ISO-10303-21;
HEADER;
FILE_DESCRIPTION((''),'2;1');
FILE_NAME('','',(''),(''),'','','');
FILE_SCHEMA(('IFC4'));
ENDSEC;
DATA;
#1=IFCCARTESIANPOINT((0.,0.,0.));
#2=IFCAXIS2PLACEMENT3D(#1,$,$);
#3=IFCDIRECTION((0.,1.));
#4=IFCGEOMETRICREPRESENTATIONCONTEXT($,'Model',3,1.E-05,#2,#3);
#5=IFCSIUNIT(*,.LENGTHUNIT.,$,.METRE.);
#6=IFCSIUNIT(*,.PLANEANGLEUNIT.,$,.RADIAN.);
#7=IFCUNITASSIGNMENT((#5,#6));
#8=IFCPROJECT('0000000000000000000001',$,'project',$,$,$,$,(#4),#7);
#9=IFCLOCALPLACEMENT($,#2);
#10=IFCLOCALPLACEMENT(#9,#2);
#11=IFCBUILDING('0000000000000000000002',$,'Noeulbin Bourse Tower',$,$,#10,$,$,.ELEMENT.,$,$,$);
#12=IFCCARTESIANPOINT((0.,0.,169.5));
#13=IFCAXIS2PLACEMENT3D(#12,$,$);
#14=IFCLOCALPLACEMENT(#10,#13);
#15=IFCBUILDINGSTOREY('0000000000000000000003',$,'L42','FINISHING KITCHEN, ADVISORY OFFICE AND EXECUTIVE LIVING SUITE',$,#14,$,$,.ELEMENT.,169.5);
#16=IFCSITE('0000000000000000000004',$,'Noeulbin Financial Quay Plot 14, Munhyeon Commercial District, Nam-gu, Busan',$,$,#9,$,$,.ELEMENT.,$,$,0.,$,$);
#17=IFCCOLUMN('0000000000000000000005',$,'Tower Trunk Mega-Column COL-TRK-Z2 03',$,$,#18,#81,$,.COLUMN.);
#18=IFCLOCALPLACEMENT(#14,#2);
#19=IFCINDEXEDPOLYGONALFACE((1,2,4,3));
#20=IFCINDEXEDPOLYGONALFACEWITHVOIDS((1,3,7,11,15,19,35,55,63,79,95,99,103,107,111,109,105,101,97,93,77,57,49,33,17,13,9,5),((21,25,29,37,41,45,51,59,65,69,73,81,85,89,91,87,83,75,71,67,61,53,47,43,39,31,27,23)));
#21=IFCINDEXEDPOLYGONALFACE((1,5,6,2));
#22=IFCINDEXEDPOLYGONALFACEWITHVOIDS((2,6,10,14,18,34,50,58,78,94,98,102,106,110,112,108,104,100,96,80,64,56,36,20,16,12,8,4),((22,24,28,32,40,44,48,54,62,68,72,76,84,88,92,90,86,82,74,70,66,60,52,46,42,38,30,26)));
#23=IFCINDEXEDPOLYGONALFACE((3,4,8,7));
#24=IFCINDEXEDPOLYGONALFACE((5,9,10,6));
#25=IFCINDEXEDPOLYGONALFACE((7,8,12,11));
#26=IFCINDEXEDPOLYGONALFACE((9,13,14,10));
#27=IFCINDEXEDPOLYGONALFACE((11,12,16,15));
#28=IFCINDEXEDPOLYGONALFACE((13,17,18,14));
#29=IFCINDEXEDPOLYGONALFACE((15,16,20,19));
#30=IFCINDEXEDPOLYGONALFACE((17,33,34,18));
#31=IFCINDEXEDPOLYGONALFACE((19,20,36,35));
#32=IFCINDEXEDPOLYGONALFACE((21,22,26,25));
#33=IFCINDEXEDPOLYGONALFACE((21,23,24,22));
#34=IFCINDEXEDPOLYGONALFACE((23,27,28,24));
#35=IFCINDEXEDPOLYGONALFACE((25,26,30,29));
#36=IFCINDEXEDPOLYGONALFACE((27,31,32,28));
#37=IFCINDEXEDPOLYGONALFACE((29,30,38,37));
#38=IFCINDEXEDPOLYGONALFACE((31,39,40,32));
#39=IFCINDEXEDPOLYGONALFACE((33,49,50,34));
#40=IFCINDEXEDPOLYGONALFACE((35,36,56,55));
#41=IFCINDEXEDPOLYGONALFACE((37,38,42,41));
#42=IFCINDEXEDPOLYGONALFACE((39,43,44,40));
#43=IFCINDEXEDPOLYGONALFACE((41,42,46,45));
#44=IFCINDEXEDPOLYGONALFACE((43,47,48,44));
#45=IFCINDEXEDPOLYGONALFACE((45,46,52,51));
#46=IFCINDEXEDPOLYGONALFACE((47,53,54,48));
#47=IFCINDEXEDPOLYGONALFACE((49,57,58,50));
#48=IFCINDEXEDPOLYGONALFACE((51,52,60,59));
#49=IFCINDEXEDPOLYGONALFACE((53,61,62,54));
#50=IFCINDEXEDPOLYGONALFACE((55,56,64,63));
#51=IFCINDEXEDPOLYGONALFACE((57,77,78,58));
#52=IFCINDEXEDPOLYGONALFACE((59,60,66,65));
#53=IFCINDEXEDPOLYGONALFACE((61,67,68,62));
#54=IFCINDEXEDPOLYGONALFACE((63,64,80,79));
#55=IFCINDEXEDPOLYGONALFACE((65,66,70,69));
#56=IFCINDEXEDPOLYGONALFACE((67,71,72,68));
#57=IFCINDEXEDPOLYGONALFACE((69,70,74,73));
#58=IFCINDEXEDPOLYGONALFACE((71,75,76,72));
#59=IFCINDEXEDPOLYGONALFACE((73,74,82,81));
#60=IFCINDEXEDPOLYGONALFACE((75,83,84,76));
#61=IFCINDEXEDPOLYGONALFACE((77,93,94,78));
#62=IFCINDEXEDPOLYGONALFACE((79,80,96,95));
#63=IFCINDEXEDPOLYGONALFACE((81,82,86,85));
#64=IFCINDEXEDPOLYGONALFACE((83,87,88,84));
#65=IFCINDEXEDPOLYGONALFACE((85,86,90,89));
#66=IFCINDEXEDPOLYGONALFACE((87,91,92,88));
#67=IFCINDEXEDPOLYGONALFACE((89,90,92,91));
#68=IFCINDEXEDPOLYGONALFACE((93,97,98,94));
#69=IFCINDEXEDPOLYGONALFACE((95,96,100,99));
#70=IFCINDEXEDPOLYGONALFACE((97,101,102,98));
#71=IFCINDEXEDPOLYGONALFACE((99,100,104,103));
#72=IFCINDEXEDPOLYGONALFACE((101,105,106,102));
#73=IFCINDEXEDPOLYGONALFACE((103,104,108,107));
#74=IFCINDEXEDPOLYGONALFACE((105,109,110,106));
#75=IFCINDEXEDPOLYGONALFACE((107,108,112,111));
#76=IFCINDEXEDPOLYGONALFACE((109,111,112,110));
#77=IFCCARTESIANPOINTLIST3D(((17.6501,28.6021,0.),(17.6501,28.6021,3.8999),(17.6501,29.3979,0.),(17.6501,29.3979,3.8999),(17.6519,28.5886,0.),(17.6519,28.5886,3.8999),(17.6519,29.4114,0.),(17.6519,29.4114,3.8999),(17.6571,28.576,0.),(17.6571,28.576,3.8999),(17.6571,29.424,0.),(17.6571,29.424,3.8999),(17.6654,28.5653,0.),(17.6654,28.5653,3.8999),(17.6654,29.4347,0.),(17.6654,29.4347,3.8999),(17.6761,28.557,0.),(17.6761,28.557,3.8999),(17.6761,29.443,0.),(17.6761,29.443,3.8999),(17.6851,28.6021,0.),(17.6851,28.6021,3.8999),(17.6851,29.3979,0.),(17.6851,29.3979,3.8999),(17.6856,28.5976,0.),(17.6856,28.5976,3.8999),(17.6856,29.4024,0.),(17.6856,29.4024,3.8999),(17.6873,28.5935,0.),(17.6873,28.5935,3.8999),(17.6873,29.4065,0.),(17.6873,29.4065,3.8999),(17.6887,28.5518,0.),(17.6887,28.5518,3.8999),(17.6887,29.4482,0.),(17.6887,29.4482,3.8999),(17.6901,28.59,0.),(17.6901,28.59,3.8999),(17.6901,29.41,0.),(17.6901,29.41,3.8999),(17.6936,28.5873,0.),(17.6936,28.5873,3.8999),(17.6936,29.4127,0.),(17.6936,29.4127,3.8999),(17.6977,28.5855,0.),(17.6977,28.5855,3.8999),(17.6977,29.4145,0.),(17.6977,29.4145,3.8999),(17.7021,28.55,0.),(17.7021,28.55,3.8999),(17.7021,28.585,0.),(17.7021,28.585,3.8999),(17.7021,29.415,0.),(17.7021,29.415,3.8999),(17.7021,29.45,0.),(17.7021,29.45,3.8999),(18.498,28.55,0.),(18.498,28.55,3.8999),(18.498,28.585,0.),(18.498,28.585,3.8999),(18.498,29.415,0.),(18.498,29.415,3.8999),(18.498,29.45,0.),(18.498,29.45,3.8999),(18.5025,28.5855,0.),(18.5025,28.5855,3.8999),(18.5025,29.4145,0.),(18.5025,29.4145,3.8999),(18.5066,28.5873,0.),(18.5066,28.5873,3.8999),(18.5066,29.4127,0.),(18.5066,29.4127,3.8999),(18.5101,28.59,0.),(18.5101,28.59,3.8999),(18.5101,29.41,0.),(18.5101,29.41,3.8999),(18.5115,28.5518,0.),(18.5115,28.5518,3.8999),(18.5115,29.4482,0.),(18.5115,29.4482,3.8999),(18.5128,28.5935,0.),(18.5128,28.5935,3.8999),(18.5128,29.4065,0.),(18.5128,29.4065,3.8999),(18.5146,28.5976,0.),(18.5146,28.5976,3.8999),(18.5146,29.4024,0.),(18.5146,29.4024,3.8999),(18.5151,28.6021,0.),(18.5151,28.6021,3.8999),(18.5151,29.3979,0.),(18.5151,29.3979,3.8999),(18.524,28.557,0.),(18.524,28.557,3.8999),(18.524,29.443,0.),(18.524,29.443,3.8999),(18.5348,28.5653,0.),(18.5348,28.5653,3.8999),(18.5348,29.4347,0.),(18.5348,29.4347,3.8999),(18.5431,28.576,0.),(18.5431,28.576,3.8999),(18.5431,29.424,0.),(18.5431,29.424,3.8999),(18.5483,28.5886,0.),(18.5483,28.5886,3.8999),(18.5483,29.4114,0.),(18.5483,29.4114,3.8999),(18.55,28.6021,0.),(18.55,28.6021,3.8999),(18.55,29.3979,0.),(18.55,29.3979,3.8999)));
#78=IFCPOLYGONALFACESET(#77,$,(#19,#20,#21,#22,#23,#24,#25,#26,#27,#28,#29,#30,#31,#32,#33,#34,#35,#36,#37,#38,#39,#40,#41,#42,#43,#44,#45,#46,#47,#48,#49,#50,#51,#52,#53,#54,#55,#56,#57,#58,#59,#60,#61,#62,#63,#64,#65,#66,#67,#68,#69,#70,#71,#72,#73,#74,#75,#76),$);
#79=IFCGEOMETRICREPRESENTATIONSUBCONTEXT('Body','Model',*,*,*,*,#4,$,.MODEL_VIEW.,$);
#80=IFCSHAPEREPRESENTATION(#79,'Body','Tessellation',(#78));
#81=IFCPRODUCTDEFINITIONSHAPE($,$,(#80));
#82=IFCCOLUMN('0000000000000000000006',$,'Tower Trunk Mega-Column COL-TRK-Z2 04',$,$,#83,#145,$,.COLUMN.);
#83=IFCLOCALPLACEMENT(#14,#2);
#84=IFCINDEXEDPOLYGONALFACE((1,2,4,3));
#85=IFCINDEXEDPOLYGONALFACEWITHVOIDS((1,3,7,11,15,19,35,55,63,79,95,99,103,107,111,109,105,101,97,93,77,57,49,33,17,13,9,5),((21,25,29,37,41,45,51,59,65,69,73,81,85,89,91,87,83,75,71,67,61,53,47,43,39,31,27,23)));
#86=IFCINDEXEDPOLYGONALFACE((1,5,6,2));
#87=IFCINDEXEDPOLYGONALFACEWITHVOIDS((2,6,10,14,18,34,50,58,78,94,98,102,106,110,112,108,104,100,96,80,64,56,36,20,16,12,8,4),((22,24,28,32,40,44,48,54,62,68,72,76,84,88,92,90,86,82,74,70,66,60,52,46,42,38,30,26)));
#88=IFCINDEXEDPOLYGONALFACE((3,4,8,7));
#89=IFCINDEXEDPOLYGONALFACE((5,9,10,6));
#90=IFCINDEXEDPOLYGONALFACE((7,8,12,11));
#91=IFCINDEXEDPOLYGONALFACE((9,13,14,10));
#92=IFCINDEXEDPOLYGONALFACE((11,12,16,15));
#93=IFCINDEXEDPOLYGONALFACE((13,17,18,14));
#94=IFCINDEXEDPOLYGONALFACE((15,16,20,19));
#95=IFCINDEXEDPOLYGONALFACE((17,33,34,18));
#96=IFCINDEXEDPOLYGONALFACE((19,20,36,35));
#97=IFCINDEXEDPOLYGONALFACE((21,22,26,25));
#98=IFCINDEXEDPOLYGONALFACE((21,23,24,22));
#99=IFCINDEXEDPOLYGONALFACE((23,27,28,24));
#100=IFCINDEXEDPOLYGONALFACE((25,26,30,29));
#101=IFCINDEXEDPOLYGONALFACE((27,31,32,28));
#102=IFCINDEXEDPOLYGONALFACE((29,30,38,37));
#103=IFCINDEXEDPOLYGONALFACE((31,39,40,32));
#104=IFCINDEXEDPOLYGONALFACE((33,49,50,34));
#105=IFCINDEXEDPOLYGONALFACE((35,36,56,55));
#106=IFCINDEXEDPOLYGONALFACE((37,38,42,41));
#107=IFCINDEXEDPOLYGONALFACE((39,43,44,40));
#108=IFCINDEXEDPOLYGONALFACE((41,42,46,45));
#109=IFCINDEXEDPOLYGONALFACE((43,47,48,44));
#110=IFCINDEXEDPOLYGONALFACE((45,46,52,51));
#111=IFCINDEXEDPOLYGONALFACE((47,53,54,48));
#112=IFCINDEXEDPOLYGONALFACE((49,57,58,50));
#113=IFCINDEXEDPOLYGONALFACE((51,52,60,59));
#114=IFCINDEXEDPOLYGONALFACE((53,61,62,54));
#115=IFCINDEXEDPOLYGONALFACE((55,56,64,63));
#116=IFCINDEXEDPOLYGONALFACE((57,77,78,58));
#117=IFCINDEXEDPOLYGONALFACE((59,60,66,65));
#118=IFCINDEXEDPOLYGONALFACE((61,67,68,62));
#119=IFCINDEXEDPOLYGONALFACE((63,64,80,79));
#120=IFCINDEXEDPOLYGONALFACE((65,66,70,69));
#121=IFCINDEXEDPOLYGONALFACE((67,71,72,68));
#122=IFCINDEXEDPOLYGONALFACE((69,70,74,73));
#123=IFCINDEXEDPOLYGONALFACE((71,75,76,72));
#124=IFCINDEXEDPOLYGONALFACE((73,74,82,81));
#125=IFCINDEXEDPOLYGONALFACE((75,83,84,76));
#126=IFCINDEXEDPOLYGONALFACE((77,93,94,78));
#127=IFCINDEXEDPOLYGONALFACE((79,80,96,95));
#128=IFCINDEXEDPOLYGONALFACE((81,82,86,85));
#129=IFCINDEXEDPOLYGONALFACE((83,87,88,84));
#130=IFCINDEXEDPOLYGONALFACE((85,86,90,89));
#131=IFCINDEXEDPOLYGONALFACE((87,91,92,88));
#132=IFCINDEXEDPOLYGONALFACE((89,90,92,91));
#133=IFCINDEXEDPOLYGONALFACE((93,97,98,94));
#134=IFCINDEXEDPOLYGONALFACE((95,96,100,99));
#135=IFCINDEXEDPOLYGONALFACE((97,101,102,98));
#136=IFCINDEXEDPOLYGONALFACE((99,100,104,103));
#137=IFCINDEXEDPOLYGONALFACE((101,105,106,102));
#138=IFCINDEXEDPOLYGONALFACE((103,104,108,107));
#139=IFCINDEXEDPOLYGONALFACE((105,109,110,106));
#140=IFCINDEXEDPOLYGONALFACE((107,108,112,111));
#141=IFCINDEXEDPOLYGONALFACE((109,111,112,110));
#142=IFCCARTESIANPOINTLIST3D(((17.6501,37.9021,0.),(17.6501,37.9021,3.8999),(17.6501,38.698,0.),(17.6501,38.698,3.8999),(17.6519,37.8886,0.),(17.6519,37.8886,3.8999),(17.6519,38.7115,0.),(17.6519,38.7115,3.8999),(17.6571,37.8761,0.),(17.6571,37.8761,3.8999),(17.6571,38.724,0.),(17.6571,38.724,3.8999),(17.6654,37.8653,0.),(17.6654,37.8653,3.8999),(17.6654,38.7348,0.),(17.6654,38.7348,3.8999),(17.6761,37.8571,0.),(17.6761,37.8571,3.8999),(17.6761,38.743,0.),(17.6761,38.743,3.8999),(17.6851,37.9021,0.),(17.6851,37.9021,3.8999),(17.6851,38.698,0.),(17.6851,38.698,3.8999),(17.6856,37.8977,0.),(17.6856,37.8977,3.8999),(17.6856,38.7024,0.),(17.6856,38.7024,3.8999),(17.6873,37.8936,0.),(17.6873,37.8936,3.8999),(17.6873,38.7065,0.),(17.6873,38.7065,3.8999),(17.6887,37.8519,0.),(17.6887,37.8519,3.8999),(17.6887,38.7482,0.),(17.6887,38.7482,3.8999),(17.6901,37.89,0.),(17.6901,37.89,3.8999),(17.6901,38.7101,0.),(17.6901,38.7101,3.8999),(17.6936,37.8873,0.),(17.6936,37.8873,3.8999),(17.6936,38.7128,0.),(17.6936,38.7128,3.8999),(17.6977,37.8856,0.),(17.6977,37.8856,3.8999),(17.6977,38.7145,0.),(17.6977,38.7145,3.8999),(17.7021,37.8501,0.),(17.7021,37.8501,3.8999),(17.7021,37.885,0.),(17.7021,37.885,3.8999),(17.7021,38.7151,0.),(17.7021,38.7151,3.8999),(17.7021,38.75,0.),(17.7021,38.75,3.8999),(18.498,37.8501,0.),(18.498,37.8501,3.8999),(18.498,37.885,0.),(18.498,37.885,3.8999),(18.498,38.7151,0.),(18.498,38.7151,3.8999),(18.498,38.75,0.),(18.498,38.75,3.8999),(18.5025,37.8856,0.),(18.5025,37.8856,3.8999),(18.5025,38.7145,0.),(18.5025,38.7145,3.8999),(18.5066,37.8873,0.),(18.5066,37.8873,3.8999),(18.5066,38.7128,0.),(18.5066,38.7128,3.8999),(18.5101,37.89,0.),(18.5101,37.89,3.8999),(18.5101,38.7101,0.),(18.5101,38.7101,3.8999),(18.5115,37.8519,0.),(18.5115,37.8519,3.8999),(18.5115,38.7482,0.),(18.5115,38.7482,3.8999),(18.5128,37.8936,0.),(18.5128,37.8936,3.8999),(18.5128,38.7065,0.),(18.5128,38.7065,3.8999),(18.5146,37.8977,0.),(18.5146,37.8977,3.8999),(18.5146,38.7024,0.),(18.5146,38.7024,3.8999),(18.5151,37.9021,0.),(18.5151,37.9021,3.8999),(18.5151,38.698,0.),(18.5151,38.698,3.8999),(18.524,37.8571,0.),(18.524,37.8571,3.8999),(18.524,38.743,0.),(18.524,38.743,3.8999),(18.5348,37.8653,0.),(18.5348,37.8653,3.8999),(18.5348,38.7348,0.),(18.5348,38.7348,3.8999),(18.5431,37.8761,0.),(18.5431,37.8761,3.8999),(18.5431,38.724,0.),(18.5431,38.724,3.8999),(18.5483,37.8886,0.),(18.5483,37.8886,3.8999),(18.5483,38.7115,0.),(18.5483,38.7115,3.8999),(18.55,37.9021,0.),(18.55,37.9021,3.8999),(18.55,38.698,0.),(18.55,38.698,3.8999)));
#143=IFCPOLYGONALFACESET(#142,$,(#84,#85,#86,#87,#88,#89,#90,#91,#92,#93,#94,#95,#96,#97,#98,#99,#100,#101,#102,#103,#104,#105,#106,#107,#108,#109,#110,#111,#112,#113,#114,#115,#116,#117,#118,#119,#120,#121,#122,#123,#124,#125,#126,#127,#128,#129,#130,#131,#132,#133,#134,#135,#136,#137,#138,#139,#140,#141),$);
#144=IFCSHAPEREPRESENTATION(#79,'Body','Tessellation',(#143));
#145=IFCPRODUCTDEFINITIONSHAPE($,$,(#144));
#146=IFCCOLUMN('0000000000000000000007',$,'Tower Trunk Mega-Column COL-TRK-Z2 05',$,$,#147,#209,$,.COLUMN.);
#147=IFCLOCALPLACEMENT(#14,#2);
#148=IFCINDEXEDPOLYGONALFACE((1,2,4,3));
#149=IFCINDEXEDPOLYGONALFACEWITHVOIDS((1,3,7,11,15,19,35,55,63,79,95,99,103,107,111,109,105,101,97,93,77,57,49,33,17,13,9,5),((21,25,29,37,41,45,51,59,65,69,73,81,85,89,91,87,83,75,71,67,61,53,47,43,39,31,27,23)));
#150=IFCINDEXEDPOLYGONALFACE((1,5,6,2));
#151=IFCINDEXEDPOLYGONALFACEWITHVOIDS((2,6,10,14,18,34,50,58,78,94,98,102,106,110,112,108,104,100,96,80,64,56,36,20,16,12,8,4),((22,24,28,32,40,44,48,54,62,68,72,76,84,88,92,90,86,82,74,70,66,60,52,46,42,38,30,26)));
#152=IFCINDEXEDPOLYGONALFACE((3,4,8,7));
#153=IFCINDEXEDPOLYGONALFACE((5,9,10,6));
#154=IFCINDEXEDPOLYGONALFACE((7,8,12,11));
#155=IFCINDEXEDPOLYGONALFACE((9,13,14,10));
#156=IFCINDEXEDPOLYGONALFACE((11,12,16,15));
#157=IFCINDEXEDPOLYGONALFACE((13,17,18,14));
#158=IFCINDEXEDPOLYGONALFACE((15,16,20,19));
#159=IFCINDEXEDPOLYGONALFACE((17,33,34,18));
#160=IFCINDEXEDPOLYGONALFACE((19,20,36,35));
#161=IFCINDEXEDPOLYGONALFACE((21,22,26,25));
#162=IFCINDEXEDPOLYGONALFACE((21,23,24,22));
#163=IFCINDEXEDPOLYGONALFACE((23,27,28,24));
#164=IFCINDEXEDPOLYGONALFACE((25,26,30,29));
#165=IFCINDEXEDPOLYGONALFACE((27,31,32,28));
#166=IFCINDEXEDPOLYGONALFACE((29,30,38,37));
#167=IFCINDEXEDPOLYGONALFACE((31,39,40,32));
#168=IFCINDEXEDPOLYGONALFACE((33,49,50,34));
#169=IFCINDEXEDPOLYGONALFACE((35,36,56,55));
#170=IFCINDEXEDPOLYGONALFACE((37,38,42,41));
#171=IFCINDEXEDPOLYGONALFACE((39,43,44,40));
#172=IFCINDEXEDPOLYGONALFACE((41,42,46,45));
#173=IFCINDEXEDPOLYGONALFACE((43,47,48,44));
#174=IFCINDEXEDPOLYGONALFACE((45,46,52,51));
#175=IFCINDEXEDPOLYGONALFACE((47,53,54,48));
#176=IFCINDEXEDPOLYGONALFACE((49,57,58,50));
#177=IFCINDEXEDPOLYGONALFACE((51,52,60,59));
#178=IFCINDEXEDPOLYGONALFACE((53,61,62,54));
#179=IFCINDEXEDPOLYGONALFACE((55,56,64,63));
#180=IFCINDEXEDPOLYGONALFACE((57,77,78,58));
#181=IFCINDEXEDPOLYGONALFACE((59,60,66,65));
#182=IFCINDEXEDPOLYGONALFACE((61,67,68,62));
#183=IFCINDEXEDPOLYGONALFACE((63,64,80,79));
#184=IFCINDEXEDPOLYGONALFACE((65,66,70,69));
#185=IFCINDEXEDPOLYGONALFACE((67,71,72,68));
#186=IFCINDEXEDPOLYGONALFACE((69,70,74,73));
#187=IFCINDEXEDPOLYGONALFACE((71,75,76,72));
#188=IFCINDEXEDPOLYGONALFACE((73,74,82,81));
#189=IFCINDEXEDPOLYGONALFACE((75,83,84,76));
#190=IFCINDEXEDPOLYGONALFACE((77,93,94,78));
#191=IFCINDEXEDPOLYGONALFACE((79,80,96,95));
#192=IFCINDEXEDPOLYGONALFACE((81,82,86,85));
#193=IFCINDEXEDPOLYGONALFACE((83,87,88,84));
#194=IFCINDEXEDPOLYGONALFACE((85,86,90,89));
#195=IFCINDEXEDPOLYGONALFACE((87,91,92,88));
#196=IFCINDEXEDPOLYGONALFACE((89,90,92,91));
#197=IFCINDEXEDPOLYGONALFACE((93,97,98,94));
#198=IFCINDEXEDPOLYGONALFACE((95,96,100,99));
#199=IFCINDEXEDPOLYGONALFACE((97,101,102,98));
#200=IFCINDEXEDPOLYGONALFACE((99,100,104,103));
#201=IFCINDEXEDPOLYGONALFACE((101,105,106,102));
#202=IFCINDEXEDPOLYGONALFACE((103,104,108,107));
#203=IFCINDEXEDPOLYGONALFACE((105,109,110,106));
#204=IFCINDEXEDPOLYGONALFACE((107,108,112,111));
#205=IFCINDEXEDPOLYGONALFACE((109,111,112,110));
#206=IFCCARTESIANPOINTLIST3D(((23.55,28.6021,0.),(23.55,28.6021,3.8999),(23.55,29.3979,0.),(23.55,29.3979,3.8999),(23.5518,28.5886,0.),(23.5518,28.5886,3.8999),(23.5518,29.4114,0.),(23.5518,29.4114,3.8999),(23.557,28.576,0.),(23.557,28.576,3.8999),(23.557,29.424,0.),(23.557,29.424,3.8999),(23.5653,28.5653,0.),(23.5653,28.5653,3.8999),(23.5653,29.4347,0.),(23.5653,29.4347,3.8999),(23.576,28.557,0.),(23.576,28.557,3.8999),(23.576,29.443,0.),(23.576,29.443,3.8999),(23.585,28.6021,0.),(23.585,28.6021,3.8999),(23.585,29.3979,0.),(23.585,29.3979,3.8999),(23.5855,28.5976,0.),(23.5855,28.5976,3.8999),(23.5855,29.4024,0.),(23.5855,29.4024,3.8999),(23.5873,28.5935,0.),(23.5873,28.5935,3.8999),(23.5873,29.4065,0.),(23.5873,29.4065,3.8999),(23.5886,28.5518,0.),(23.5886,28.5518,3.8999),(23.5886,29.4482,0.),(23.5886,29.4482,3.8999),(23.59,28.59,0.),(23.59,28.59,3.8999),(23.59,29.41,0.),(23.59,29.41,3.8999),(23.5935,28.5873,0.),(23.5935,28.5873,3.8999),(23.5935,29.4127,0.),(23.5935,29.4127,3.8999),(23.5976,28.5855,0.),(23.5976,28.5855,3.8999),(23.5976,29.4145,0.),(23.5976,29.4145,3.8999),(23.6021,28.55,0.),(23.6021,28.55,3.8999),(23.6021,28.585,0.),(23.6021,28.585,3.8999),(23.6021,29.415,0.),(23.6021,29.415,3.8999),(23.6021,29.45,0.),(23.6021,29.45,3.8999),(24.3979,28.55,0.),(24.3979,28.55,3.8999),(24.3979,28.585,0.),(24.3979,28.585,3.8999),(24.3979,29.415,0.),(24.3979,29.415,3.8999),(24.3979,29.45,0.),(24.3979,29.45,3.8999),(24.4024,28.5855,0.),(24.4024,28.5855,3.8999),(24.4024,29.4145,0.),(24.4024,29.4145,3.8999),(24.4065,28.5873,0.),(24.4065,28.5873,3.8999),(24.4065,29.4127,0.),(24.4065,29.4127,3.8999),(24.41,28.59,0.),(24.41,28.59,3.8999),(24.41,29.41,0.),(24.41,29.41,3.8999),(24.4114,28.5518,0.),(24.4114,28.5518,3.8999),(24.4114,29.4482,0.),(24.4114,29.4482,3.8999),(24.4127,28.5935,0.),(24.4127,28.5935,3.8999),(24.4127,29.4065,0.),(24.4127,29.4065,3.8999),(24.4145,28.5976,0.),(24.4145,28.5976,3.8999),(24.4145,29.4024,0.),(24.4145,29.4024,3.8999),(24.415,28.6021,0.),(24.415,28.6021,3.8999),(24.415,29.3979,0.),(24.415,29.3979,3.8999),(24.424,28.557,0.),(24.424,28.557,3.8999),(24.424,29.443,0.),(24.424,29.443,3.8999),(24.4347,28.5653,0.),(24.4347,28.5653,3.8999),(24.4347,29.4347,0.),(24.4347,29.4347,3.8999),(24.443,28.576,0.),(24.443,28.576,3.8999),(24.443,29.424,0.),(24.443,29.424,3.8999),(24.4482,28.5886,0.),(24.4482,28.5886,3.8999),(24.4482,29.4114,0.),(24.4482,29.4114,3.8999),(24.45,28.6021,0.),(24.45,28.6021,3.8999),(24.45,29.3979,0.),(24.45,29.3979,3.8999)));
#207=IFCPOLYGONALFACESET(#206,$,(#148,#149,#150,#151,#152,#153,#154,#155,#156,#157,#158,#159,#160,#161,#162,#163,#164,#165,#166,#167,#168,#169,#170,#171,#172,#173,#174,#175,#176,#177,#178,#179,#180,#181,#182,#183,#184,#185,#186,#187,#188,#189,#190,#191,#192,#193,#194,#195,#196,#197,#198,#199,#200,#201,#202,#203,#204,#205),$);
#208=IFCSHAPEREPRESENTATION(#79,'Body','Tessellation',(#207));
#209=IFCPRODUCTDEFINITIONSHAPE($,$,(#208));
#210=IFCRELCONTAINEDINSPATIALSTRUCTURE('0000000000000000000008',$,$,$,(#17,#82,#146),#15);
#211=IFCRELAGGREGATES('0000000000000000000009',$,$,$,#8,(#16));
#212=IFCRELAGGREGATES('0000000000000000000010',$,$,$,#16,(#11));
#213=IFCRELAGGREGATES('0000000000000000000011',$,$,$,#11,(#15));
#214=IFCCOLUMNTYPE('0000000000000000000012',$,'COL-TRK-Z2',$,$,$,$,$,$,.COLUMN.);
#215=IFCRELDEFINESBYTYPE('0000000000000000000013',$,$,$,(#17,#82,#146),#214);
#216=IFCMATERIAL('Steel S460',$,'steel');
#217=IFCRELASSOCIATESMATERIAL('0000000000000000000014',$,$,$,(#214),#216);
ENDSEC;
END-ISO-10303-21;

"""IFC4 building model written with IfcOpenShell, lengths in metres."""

from ifc_helpers import new_model, si_unit, direction, frame, origin, origin_2d, place, context, subcontext, project, spatial, hollow_rectangle, extrude, material, material_profile, profile_set, type_object, element, save


model = new_model("IFC4")

# Units and contexts
model_context = context("Model", 3, precision=1e-05, world=origin(), true_north=direction((0.0, 1.0)))
body_context = subcontext(model_context, "Body", "Model", "MODEL_VIEW")
ifc_project = project(units=[si_unit("LENGTHUNIT", "METRE"), si_unit("PLANEANGLEUNIT", "RADIAN")], contexts=[model_context])

# Site, building, storey
site_placement = place(None, origin())
site = spatial("IfcSite", under=ifc_project, at=site_placement, Name="Noeulbin Financial Quay Plot 14, Munhyeon Commercial District, Nam-gu, Busan", CompositionType="ELEMENT", RefElevation=0.0)
building_placement = place(site_placement, origin())
building = spatial("IfcBuilding", under=site, at=building_placement, Name="Noeulbin Bourse Tower", CompositionType="ELEMENT")
storey_placement = place(building_placement, frame((0.0, 0.0, 169.5)))
storey = spatial("IfcBuildingStorey", under=building, at=storey_placement, Name="L42", Description="FINISHING KITCHEN, ADVISORY OFFICE AND EXECUTIVE LIVING SUITE", CompositionType="ELEMENT", Elevation=169.5)

# Columns
ifc_material_1 = material(Name="Steel S460", Category="steel")
ifc_material_profile_1 = material_profile(ifc_material_1, hollow_rectangle(XDim=0.8999, YDim=0.8999, WallThickness=0.0349, InnerFilletRadius=0.0171, OuterFilletRadius=0.052, at=origin_2d()), Name="BOX-900x900x35", Category="LoadBearing")
ifc_profile_set_1 = profile_set([ifc_material_profile_1], Name="Steel S460")
column_type = type_object("IfcColumnType", Name="COL-TRK-Z2", PredefinedType="COLUMN", material=ifc_profile_set_1)
for number, where, z_axis, x_axis, name in (
    (1, (18.1001, 29.0, 0.0), (0.0, 0.0, 1.0), (1.0, 0.0, 0.0), "Tower Trunk Mega-Column COL-TRK-Z2 03"),
    (2, (18.1001, 38.3, 0.0), (0.0, 0.0, 1.0), (1.0, 0.0, 0.0), "Tower Trunk Mega-Column COL-TRK-Z2 04"),
    (3, (24.0, 29.0, 0.0), (0.0, 0.0, 1.0), (1.0, 0.0, 0.0), "Tower Trunk Mega-Column COL-TRK-Z2 05"),
):
    element("IfcColumn", number, at=place(storey_placement, frame(where, z_axis=z_axis, x_axis=x_axis)), inside=storey, type_object=column_type, Name=name, PredefinedType="COLUMN", context=body_context, shape_type="SweptSolid", body=[
        extrude(hollow_rectangle(XDim=0.8999, YDim=0.8999, WallThickness=0.0349, InnerFilletRadius=0.0171, OuterFilletRadius=0.052, at=origin_2d()), origin(), (0.0, 0.0, 1.0), 3.8999),
    ])

save(model, "model.ifc")
